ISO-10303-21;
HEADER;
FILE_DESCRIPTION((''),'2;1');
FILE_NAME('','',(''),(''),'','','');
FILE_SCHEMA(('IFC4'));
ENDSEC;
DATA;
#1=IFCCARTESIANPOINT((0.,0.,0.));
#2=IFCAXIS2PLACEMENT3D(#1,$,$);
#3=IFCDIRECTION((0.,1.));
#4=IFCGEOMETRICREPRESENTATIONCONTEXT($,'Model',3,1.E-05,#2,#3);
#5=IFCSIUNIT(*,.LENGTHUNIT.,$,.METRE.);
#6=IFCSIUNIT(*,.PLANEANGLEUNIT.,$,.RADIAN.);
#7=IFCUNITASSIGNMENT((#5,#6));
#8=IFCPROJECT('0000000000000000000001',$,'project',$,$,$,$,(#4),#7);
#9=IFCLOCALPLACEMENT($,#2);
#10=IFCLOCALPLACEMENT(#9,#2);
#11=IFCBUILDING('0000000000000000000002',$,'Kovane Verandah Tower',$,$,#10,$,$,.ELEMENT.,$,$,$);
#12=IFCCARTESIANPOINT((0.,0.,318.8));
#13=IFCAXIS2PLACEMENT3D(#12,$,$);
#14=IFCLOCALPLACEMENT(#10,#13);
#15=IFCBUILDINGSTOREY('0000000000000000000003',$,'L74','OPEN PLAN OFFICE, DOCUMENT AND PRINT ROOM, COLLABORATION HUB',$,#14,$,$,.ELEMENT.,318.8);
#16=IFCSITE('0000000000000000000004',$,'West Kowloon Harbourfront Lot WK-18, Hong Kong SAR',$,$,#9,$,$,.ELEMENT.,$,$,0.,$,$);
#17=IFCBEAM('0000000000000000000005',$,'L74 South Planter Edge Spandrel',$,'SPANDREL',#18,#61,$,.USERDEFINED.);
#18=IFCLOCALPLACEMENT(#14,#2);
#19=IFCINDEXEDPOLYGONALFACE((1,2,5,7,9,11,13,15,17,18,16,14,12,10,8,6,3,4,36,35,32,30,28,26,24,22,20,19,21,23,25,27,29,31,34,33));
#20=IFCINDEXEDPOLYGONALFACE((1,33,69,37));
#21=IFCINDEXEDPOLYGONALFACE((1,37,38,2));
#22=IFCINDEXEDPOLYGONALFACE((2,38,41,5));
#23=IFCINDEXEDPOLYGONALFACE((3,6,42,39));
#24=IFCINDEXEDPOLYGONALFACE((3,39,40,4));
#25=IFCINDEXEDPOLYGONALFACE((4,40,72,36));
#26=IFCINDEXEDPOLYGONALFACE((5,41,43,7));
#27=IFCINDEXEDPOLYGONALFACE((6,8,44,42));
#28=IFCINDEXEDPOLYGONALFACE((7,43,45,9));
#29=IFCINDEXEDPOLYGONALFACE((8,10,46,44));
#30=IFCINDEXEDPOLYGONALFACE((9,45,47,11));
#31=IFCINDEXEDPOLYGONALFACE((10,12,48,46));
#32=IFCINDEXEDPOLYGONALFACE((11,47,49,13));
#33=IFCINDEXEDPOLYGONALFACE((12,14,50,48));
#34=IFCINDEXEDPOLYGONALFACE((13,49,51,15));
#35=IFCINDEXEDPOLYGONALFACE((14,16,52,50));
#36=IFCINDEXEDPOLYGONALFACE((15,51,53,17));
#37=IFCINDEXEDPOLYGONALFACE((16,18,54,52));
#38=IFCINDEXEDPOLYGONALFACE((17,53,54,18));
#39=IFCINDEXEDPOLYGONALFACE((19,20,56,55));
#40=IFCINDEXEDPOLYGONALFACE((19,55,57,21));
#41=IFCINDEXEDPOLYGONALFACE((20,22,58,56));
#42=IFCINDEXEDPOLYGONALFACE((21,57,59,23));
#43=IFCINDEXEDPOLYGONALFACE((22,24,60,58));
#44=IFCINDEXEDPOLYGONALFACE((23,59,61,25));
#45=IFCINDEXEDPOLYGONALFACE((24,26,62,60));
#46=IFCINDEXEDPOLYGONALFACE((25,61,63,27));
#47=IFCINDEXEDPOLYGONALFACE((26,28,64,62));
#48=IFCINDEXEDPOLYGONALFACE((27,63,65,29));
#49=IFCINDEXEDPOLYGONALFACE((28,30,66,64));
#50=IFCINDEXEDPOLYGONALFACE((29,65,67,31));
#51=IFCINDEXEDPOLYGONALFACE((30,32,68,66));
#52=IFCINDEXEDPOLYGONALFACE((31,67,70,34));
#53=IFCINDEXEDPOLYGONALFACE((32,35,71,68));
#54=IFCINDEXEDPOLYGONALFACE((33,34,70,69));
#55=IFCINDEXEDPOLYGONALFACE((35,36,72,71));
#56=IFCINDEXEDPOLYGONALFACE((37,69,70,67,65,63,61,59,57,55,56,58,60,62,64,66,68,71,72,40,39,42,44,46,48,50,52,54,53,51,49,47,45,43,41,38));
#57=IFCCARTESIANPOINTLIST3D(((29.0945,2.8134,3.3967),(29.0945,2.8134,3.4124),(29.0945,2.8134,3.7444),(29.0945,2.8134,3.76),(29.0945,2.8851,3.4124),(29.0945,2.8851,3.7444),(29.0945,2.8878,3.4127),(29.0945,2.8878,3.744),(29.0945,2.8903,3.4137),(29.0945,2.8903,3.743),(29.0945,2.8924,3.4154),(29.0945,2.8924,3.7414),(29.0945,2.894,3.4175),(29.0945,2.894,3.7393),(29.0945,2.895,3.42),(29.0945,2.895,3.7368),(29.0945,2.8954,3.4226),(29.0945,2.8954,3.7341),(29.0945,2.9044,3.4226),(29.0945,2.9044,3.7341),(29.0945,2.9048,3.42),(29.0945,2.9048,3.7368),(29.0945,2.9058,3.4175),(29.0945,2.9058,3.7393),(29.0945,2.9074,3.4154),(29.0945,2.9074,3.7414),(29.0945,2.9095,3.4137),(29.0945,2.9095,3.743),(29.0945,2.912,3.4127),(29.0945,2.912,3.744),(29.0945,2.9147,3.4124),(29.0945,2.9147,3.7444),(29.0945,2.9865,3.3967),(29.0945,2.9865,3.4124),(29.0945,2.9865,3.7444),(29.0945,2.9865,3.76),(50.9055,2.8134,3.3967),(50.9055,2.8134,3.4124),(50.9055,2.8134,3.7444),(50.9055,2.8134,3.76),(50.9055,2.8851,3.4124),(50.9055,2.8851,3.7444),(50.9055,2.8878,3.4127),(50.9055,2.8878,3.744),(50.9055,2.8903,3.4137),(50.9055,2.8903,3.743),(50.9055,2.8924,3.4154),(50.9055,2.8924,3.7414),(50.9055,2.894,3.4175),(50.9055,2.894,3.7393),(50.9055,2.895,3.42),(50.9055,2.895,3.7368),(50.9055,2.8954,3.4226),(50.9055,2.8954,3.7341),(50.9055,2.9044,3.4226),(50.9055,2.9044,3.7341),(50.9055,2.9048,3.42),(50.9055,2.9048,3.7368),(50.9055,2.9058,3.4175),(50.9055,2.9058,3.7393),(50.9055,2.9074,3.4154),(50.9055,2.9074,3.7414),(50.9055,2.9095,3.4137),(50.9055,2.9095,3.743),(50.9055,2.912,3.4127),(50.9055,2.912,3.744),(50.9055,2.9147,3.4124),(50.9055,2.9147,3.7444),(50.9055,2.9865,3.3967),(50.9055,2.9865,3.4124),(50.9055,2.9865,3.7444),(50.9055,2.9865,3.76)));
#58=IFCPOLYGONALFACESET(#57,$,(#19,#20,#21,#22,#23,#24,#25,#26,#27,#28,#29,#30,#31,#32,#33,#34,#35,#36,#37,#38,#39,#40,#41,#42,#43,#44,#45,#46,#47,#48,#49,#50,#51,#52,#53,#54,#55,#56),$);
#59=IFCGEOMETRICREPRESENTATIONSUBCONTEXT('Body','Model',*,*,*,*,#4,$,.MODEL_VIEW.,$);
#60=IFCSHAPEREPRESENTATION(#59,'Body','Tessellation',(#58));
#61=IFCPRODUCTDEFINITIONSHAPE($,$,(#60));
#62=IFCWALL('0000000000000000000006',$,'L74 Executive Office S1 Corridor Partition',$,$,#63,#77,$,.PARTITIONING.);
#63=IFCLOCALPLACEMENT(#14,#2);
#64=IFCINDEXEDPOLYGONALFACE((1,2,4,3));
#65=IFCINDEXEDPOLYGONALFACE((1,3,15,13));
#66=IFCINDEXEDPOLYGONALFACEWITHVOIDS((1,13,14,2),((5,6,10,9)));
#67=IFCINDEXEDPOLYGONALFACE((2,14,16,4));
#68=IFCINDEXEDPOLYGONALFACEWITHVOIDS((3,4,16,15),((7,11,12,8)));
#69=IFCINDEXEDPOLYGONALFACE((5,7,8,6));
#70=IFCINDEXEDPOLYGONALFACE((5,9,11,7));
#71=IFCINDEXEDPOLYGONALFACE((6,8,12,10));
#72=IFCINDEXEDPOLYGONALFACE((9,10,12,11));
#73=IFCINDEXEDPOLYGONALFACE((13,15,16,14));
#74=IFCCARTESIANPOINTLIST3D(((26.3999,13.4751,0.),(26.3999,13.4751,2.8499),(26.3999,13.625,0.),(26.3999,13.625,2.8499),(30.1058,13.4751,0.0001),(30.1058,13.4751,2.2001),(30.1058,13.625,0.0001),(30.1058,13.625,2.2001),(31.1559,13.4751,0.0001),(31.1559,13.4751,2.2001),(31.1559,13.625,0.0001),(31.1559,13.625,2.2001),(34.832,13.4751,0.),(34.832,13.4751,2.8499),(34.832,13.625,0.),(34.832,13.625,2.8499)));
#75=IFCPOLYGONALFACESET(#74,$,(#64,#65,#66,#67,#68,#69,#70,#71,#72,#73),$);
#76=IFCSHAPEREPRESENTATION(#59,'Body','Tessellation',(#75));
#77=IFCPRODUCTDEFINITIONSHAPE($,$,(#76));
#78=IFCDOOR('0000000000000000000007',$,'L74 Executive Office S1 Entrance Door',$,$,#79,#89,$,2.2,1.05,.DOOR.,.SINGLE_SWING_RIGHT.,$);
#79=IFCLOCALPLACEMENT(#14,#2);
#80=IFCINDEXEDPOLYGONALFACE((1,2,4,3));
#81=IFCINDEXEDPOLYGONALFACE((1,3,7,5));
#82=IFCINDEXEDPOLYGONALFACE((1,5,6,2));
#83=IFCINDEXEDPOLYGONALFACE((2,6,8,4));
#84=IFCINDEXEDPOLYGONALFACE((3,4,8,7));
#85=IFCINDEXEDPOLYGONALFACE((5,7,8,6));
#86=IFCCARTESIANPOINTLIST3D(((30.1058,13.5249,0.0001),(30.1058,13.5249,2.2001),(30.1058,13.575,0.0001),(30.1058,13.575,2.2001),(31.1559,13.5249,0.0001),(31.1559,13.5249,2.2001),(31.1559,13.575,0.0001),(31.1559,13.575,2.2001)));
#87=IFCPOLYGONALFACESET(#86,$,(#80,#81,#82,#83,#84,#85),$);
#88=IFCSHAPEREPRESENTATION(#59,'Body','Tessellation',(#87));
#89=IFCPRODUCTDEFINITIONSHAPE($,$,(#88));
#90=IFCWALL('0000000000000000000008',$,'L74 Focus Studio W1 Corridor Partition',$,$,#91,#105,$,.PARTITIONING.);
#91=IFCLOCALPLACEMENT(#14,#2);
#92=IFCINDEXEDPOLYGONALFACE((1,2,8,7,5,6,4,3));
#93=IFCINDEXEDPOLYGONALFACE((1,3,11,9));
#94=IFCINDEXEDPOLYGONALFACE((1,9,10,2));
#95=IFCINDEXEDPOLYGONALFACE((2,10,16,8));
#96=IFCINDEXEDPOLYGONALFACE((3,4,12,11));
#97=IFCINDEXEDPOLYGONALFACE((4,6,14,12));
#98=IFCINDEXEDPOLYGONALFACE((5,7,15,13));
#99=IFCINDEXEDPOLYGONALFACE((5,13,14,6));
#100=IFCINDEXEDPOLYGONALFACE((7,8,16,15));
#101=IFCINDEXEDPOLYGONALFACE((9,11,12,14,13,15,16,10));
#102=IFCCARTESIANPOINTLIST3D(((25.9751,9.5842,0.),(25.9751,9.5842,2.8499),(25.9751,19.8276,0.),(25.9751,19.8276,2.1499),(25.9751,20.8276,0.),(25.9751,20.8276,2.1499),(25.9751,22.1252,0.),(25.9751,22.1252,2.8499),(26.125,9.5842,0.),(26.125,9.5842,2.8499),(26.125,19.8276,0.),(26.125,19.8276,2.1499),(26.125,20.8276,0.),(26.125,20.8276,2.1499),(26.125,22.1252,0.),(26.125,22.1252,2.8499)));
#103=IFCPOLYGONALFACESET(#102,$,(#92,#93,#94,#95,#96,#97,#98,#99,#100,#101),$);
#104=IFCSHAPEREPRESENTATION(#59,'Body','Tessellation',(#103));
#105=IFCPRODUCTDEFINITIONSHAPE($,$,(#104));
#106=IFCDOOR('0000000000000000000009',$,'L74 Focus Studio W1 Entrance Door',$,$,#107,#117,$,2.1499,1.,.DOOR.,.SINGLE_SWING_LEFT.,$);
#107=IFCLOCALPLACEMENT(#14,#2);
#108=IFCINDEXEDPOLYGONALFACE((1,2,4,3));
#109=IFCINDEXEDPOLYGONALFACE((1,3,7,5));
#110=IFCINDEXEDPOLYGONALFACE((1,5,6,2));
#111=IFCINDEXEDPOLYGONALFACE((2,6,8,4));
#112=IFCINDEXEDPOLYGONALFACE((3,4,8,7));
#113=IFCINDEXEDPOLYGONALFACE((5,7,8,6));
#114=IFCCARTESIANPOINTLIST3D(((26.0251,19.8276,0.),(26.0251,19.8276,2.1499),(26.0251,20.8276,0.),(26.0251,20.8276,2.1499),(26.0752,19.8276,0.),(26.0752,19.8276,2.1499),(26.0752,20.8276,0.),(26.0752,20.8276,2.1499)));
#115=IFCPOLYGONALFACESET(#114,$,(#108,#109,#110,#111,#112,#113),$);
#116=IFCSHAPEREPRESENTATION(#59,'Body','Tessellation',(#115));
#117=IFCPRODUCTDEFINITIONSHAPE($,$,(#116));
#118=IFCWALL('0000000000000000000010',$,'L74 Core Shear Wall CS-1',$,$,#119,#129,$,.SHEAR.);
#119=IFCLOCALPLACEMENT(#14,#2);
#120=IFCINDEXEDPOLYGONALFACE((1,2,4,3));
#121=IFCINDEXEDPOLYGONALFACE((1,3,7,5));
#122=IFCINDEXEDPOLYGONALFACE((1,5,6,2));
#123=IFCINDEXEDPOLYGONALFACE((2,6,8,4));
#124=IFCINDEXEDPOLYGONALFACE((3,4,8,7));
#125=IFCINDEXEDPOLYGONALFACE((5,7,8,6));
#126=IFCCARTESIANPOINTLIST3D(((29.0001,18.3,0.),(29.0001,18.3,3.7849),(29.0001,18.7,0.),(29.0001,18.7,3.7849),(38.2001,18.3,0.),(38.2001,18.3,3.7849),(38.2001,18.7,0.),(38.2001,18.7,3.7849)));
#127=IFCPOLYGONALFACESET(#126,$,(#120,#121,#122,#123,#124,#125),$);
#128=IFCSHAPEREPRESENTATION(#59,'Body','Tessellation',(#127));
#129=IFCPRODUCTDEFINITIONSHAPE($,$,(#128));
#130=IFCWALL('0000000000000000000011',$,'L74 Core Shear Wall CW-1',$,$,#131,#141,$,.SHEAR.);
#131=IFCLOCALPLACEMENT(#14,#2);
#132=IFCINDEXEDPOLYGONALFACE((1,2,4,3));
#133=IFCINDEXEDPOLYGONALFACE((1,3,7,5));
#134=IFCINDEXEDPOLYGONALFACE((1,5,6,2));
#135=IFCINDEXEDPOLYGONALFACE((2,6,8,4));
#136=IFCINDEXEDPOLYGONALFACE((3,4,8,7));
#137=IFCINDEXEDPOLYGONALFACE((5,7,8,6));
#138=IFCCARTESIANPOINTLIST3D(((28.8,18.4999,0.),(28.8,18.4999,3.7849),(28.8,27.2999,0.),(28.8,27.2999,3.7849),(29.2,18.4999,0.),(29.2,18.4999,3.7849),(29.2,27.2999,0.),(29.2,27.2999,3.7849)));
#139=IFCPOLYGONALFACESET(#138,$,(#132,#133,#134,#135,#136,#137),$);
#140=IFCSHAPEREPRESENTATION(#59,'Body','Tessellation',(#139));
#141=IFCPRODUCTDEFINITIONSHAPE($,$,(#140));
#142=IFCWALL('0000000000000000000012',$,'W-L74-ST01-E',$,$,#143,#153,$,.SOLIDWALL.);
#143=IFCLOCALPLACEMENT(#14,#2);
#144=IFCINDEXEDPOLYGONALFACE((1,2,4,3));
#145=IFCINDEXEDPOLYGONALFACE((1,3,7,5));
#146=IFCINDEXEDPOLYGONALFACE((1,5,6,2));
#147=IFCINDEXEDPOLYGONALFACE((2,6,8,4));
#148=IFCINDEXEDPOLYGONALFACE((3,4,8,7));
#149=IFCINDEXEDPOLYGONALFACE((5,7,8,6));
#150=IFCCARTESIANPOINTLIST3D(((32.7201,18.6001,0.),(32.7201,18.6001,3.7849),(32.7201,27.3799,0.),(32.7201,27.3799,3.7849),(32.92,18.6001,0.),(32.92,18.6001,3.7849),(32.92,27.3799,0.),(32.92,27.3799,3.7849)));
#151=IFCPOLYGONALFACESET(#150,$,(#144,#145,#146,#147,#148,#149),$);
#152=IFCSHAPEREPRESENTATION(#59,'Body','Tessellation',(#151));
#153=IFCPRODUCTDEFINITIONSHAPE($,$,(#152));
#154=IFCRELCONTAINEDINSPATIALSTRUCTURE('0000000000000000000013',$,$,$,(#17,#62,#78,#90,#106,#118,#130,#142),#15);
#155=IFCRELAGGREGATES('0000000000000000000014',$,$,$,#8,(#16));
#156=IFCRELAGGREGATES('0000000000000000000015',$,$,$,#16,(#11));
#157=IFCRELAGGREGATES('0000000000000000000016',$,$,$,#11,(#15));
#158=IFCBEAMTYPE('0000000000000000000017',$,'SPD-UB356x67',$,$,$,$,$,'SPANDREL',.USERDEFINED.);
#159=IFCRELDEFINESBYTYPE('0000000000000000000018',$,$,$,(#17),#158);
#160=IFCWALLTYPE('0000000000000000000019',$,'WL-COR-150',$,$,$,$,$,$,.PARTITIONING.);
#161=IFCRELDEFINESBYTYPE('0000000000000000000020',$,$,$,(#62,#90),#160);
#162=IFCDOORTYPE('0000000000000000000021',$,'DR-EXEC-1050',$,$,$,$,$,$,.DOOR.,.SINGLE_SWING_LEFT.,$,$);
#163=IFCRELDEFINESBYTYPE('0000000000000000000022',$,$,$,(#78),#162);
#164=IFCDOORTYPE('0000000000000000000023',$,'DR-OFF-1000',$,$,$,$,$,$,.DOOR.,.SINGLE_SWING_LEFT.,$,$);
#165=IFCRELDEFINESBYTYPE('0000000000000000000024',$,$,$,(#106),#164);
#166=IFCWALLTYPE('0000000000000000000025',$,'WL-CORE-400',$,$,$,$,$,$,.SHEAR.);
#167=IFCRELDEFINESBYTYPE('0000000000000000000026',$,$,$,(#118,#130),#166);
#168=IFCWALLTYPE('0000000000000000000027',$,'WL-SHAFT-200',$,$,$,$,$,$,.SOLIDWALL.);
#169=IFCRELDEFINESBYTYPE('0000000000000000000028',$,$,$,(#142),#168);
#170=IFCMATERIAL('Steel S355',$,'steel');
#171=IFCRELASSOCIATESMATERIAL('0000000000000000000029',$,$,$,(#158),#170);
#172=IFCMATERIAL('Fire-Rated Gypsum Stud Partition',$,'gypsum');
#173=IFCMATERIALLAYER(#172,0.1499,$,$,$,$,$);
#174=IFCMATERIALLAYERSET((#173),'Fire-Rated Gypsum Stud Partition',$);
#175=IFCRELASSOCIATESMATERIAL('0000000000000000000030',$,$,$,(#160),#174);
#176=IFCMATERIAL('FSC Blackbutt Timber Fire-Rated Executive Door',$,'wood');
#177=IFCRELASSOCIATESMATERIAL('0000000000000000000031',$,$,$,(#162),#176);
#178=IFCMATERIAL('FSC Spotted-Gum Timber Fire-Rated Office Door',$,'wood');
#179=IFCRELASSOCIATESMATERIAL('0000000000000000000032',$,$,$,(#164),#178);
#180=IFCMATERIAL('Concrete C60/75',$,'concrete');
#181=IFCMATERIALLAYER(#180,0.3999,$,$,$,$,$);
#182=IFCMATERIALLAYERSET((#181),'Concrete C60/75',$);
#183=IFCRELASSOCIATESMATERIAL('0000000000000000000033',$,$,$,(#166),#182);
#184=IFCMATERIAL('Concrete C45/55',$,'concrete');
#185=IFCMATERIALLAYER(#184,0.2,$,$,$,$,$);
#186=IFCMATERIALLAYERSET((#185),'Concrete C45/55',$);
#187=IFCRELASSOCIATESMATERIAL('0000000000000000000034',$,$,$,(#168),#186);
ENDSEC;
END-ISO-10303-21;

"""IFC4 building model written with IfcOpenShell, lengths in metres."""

from ifc_helpers import new_model, si_unit, direction, frame, frame_2d, origin, origin_2d, place, context, subcontext, project, spatial, rectangle, i_section, extrude, material, layer, layer_set, material_profile, profile_set, type_object, element, fill, save


model = new_model("IFC4")

# Units and contexts
model_context = context("Model", 3, precision=1e-05, world=origin(), true_north=direction((0.0, 1.0)))
body_context = subcontext(model_context, "Body", "Model", "MODEL_VIEW")
ifc_project = project(units=[si_unit("LENGTHUNIT", "METRE"), si_unit("PLANEANGLEUNIT", "RADIAN")], contexts=[model_context])

# Site, building, storey
site_placement = place(None, origin())
site = spatial("IfcSite", under=ifc_project, at=site_placement, Name="West Kowloon Harbourfront Lot WK-18, Hong Kong SAR", CompositionType="ELEMENT", RefElevation=0.0)
building_placement = place(site_placement, origin())
building = spatial("IfcBuilding", under=site, at=building_placement, Name="Kovane Verandah Tower", CompositionType="ELEMENT")
storey_placement = place(building_placement, frame((0.0, 0.0, 318.8)))
storey = spatial("IfcBuildingStorey", under=building, at=storey_placement, Name="L74", Description="OPEN PLAN OFFICE, DOCUMENT AND PRINT ROOM, COLLABORATION HUB", CompositionType="ELEMENT", Elevation=318.8)

# Shared definitions
ifc_material_1 = material(Name="Concrete C60/75", Category="concrete")

# Beam
ifc_material_2 = material(Name="Steel S355", Category="steel")
ifc_material_profile_1 = material_profile(ifc_material_2, i_section(OverallWidth=0.1731, OverallDepth=0.3633, WebThickness=0.009, FlangeThickness=0.0156, FilletRadius=0.0103, at=origin_2d()), Name="UB356x171x67")
ifc_profile_set_1 = profile_set([ifc_material_profile_1], Name="Steel S355")
beam_type_1 = type_object("IfcBeamType", Name="SPD-UB356x67", ElementType="SPANDREL", PredefinedType="USERDEFINED", material=ifc_profile_set_1)
beam_1_placement = place(storey_placement, frame((29.0945, 2.8999, 3.5784), z_axis=(1.0, 0.0, 0.0), x_axis=(0.0, 1.0, 0.0)))
element("IfcBeam", 1, at=beam_1_placement, inside=storey, type_object=beam_type_1, Name="L74 South Planter Edge Spandrel", ObjectType="SPANDREL", PredefinedType="USERDEFINED", context=body_context, shape_type="SweptSolid", body=[
    extrude(i_section(OverallWidth=0.1731, OverallDepth=0.3633, WebThickness=0.009, FlangeThickness=0.0156, FilletRadius=0.0103, at=origin_2d()), origin(), (0.0, 0.0, 1.0), 21.811),
])

# Walls, openings, doors
ifc_material_3 = material(Name="Fire-Rated Gypsum Stud Partition", Category="gypsum")
ifc_layer_1 = layer(ifc_material_3, 0.1499)
ifc_layer_set_1 = layer_set([ifc_layer_1], Name="Fire-Rated Gypsum Stud Partition")
wall_type_1 = type_object("IfcWallType", Name="WL-COR-150", PredefinedType="PARTITIONING", material=ifc_layer_set_1)
wall_1_placement = place(storey_placement, frame((26.3999, 13.55, 0.0), z_axis=(0.0, 0.0, 1.0), x_axis=(1.0, 0.0, 0.0)))
wall_1 = element("IfcWall", 2, at=wall_1_placement, inside=storey, type_object=wall_type_1, Name="L74 Executive Office S1 Corridor Partition", PredefinedType="PARTITIONING", context=body_context, shape_type="SweptSolid", body=[
    extrude(rectangle(XDim=8.4321, YDim=0.1499, at=frame_2d((4.2161, 0.0))), origin(), (0.0, 0.0, 1.0), 2.8499),
])
opening_1_placement = place(wall_1_placement, frame((3.7061, 0.0, 0.0)))
opening_1 = element("IfcOpeningElement", 3, at=opening_1_placement, cuts=wall_1, PredefinedType="OPENING", context=body_context, shape_type="SweptSolid", body=[
    extrude(rectangle(XDim=1.05, YDim=2.2, at=frame_2d((0.5249, 1.1001))), frame((0.0, 0.075, 0.0), z_axis=(0.0, -1.0, 0.0), x_axis=(1.0, 0.0, 0.0)), (0.0, 0.0, 1.0), 0.1499),
])
ifc_material_4 = material(Name="FSC Blackbutt Timber Fire-Rated Executive Door", Category="wood")
door_type_1 = type_object("IfcDoorType", Name="DR-EXEC-1050", OperationType="SINGLE_SWING_LEFT", PredefinedType="DOOR", material=ifc_material_4)
door_1_placement = place(opening_1_placement, origin())
door_1 = element("IfcDoor", 4, at=door_1_placement, inside=storey, type_object=door_type_1, Name="L74 Executive Office S1 Entrance Door", OperationType="SINGLE_SWING_RIGHT", OverallHeight=2.2, OverallWidth=1.05, PredefinedType="DOOR", context=body_context, shape_type="SweptSolid", body=[
    extrude(rectangle(XDim=1.05, YDim=2.2, at=frame_2d((0.5249, 1.1001))), frame((0.0, 0.0249, 0.0), z_axis=(0.0, -1.0, 0.0), x_axis=(1.0, 0.0, 0.0)), (0.0, 0.0, 1.0), 0.05),
])
fill(opening_1, door_1)
wall_2_placement = place(storey_placement, frame((26.05, 9.5842, 0.0), z_axis=(0.0, 0.0, 1.0), x_axis=(0.0, 1.0, 0.0)))
wall_2 = element("IfcWall", 5, at=wall_2_placement, inside=storey, type_object=wall_type_1, Name="L74 Focus Studio W1 Corridor Partition", PredefinedType="PARTITIONING", context=body_context, shape_type="SweptSolid", body=[
    extrude(rectangle(XDim=12.541, YDim=0.1499, at=frame_2d((6.2705, 0.0))), origin(), (0.0, 0.0, 1.0), 2.8499),
])
opening_2_placement = place(wall_2_placement, frame((10.2434, 0.0, 0.0)))
opening_2 = element("IfcOpeningElement", 6, at=opening_2_placement, cuts=wall_2, PredefinedType="OPENING", context=body_context, shape_type="SweptSolid", body=[
    extrude(rectangle(XDim=1.0, YDim=2.1499, at=frame_2d((0.5, 1.075))), frame((0.0, 0.075, 0.0), z_axis=(0.0, -1.0, 0.0), x_axis=(1.0, 0.0, 0.0)), (0.0, 0.0, 1.0), 0.1499),
])
ifc_material_5 = material(Name="FSC Spotted-Gum Timber Fire-Rated Office Door", Category="wood")
door_type_2 = type_object("IfcDoorType", Name="DR-OFF-1000", OperationType="SINGLE_SWING_LEFT", PredefinedType="DOOR", material=ifc_material_5)
door_2_placement = place(opening_2_placement, origin())
door_2 = element("IfcDoor", 7, at=door_2_placement, inside=storey, type_object=door_type_2, Name="L74 Focus Studio W1 Entrance Door", OperationType="SINGLE_SWING_LEFT", OverallHeight=2.1499, OverallWidth=1.0, PredefinedType="DOOR", context=body_context, shape_type="SweptSolid", body=[
    extrude(rectangle(XDim=1.0, YDim=2.1499, at=frame_2d((0.5, 1.075))), frame((0.0, 0.0249, 0.0), z_axis=(0.0, -1.0, 0.0), x_axis=(1.0, 0.0, 0.0)), (0.0, 0.0, 1.0), 0.05),
])
fill(opening_2, door_2)

# Walls
ifc_layer_2 = layer(ifc_material_1, 0.3999)
ifc_layer_set_2 = layer_set([ifc_layer_2], Name="Concrete C60/75")
wall_type_2 = type_object("IfcWallType", Name="WL-CORE-400", PredefinedType="SHEAR", material=ifc_layer_set_2)
wall_3_placement = place(storey_placement, frame((29.0, 18.5, 0.0), z_axis=(0.0, 0.0, 1.0), x_axis=(1.0, 0.0, 0.0)))
element("IfcWall", 8, at=wall_3_placement, inside=storey, type_object=wall_type_2, Name="L74 Core Shear Wall CS-1", PredefinedType="SHEAR", context=body_context, shape_type="SweptSolid", body=[
    extrude(rectangle(XDim=9.2, YDim=0.3999, at=frame_2d((4.6001, 0.0))), origin(), (0.0, 0.0, 1.0), 3.7849),
])
wall_4_placement = place(storey_placement, frame((29.0, 18.5, 0.0), z_axis=(0.0, 0.0, 1.0), x_axis=(0.0, 1.0, 0.0)))
element("IfcWall", 9, at=wall_4_placement, inside=storey, type_object=wall_type_2, Name="L74 Core Shear Wall CW-1", PredefinedType="SHEAR", context=body_context, shape_type="SweptSolid", body=[
    extrude(rectangle(XDim=8.8, YDim=0.3999, at=frame_2d((4.3999, 0.0))), origin(), (0.0, 0.0, 1.0), 3.7849),
])
ifc_material_6 = material(Name="Concrete C45/55", Category="concrete")
ifc_layer_3 = layer(ifc_material_6, 0.2)
ifc_layer_set_3 = layer_set([ifc_layer_3], Name="Concrete C45/55")
wall_type_3 = type_object("IfcWallType", Name="WL-SHAFT-200", PredefinedType="SOLIDWALL", material=ifc_layer_set_3)
wall_5_placement = place(storey_placement, frame((32.8201, 18.6001, 0.0), z_axis=(0.0, 0.0, 1.0), x_axis=(0.0, 1.0, 0.0)))
element("IfcWall", 10, at=wall_5_placement, inside=storey, type_object=wall_type_3, Name="W-L74-ST01-E", PredefinedType="SOLIDWALL", context=body_context, shape_type="SweptSolid", body=[
    extrude(rectangle(XDim=8.7798, YDim=0.2, at=frame_2d((4.3899, 0.0))), origin(), (0.0, 0.0, 1.0), 3.7849),
])

save(model, "model.ifc")
